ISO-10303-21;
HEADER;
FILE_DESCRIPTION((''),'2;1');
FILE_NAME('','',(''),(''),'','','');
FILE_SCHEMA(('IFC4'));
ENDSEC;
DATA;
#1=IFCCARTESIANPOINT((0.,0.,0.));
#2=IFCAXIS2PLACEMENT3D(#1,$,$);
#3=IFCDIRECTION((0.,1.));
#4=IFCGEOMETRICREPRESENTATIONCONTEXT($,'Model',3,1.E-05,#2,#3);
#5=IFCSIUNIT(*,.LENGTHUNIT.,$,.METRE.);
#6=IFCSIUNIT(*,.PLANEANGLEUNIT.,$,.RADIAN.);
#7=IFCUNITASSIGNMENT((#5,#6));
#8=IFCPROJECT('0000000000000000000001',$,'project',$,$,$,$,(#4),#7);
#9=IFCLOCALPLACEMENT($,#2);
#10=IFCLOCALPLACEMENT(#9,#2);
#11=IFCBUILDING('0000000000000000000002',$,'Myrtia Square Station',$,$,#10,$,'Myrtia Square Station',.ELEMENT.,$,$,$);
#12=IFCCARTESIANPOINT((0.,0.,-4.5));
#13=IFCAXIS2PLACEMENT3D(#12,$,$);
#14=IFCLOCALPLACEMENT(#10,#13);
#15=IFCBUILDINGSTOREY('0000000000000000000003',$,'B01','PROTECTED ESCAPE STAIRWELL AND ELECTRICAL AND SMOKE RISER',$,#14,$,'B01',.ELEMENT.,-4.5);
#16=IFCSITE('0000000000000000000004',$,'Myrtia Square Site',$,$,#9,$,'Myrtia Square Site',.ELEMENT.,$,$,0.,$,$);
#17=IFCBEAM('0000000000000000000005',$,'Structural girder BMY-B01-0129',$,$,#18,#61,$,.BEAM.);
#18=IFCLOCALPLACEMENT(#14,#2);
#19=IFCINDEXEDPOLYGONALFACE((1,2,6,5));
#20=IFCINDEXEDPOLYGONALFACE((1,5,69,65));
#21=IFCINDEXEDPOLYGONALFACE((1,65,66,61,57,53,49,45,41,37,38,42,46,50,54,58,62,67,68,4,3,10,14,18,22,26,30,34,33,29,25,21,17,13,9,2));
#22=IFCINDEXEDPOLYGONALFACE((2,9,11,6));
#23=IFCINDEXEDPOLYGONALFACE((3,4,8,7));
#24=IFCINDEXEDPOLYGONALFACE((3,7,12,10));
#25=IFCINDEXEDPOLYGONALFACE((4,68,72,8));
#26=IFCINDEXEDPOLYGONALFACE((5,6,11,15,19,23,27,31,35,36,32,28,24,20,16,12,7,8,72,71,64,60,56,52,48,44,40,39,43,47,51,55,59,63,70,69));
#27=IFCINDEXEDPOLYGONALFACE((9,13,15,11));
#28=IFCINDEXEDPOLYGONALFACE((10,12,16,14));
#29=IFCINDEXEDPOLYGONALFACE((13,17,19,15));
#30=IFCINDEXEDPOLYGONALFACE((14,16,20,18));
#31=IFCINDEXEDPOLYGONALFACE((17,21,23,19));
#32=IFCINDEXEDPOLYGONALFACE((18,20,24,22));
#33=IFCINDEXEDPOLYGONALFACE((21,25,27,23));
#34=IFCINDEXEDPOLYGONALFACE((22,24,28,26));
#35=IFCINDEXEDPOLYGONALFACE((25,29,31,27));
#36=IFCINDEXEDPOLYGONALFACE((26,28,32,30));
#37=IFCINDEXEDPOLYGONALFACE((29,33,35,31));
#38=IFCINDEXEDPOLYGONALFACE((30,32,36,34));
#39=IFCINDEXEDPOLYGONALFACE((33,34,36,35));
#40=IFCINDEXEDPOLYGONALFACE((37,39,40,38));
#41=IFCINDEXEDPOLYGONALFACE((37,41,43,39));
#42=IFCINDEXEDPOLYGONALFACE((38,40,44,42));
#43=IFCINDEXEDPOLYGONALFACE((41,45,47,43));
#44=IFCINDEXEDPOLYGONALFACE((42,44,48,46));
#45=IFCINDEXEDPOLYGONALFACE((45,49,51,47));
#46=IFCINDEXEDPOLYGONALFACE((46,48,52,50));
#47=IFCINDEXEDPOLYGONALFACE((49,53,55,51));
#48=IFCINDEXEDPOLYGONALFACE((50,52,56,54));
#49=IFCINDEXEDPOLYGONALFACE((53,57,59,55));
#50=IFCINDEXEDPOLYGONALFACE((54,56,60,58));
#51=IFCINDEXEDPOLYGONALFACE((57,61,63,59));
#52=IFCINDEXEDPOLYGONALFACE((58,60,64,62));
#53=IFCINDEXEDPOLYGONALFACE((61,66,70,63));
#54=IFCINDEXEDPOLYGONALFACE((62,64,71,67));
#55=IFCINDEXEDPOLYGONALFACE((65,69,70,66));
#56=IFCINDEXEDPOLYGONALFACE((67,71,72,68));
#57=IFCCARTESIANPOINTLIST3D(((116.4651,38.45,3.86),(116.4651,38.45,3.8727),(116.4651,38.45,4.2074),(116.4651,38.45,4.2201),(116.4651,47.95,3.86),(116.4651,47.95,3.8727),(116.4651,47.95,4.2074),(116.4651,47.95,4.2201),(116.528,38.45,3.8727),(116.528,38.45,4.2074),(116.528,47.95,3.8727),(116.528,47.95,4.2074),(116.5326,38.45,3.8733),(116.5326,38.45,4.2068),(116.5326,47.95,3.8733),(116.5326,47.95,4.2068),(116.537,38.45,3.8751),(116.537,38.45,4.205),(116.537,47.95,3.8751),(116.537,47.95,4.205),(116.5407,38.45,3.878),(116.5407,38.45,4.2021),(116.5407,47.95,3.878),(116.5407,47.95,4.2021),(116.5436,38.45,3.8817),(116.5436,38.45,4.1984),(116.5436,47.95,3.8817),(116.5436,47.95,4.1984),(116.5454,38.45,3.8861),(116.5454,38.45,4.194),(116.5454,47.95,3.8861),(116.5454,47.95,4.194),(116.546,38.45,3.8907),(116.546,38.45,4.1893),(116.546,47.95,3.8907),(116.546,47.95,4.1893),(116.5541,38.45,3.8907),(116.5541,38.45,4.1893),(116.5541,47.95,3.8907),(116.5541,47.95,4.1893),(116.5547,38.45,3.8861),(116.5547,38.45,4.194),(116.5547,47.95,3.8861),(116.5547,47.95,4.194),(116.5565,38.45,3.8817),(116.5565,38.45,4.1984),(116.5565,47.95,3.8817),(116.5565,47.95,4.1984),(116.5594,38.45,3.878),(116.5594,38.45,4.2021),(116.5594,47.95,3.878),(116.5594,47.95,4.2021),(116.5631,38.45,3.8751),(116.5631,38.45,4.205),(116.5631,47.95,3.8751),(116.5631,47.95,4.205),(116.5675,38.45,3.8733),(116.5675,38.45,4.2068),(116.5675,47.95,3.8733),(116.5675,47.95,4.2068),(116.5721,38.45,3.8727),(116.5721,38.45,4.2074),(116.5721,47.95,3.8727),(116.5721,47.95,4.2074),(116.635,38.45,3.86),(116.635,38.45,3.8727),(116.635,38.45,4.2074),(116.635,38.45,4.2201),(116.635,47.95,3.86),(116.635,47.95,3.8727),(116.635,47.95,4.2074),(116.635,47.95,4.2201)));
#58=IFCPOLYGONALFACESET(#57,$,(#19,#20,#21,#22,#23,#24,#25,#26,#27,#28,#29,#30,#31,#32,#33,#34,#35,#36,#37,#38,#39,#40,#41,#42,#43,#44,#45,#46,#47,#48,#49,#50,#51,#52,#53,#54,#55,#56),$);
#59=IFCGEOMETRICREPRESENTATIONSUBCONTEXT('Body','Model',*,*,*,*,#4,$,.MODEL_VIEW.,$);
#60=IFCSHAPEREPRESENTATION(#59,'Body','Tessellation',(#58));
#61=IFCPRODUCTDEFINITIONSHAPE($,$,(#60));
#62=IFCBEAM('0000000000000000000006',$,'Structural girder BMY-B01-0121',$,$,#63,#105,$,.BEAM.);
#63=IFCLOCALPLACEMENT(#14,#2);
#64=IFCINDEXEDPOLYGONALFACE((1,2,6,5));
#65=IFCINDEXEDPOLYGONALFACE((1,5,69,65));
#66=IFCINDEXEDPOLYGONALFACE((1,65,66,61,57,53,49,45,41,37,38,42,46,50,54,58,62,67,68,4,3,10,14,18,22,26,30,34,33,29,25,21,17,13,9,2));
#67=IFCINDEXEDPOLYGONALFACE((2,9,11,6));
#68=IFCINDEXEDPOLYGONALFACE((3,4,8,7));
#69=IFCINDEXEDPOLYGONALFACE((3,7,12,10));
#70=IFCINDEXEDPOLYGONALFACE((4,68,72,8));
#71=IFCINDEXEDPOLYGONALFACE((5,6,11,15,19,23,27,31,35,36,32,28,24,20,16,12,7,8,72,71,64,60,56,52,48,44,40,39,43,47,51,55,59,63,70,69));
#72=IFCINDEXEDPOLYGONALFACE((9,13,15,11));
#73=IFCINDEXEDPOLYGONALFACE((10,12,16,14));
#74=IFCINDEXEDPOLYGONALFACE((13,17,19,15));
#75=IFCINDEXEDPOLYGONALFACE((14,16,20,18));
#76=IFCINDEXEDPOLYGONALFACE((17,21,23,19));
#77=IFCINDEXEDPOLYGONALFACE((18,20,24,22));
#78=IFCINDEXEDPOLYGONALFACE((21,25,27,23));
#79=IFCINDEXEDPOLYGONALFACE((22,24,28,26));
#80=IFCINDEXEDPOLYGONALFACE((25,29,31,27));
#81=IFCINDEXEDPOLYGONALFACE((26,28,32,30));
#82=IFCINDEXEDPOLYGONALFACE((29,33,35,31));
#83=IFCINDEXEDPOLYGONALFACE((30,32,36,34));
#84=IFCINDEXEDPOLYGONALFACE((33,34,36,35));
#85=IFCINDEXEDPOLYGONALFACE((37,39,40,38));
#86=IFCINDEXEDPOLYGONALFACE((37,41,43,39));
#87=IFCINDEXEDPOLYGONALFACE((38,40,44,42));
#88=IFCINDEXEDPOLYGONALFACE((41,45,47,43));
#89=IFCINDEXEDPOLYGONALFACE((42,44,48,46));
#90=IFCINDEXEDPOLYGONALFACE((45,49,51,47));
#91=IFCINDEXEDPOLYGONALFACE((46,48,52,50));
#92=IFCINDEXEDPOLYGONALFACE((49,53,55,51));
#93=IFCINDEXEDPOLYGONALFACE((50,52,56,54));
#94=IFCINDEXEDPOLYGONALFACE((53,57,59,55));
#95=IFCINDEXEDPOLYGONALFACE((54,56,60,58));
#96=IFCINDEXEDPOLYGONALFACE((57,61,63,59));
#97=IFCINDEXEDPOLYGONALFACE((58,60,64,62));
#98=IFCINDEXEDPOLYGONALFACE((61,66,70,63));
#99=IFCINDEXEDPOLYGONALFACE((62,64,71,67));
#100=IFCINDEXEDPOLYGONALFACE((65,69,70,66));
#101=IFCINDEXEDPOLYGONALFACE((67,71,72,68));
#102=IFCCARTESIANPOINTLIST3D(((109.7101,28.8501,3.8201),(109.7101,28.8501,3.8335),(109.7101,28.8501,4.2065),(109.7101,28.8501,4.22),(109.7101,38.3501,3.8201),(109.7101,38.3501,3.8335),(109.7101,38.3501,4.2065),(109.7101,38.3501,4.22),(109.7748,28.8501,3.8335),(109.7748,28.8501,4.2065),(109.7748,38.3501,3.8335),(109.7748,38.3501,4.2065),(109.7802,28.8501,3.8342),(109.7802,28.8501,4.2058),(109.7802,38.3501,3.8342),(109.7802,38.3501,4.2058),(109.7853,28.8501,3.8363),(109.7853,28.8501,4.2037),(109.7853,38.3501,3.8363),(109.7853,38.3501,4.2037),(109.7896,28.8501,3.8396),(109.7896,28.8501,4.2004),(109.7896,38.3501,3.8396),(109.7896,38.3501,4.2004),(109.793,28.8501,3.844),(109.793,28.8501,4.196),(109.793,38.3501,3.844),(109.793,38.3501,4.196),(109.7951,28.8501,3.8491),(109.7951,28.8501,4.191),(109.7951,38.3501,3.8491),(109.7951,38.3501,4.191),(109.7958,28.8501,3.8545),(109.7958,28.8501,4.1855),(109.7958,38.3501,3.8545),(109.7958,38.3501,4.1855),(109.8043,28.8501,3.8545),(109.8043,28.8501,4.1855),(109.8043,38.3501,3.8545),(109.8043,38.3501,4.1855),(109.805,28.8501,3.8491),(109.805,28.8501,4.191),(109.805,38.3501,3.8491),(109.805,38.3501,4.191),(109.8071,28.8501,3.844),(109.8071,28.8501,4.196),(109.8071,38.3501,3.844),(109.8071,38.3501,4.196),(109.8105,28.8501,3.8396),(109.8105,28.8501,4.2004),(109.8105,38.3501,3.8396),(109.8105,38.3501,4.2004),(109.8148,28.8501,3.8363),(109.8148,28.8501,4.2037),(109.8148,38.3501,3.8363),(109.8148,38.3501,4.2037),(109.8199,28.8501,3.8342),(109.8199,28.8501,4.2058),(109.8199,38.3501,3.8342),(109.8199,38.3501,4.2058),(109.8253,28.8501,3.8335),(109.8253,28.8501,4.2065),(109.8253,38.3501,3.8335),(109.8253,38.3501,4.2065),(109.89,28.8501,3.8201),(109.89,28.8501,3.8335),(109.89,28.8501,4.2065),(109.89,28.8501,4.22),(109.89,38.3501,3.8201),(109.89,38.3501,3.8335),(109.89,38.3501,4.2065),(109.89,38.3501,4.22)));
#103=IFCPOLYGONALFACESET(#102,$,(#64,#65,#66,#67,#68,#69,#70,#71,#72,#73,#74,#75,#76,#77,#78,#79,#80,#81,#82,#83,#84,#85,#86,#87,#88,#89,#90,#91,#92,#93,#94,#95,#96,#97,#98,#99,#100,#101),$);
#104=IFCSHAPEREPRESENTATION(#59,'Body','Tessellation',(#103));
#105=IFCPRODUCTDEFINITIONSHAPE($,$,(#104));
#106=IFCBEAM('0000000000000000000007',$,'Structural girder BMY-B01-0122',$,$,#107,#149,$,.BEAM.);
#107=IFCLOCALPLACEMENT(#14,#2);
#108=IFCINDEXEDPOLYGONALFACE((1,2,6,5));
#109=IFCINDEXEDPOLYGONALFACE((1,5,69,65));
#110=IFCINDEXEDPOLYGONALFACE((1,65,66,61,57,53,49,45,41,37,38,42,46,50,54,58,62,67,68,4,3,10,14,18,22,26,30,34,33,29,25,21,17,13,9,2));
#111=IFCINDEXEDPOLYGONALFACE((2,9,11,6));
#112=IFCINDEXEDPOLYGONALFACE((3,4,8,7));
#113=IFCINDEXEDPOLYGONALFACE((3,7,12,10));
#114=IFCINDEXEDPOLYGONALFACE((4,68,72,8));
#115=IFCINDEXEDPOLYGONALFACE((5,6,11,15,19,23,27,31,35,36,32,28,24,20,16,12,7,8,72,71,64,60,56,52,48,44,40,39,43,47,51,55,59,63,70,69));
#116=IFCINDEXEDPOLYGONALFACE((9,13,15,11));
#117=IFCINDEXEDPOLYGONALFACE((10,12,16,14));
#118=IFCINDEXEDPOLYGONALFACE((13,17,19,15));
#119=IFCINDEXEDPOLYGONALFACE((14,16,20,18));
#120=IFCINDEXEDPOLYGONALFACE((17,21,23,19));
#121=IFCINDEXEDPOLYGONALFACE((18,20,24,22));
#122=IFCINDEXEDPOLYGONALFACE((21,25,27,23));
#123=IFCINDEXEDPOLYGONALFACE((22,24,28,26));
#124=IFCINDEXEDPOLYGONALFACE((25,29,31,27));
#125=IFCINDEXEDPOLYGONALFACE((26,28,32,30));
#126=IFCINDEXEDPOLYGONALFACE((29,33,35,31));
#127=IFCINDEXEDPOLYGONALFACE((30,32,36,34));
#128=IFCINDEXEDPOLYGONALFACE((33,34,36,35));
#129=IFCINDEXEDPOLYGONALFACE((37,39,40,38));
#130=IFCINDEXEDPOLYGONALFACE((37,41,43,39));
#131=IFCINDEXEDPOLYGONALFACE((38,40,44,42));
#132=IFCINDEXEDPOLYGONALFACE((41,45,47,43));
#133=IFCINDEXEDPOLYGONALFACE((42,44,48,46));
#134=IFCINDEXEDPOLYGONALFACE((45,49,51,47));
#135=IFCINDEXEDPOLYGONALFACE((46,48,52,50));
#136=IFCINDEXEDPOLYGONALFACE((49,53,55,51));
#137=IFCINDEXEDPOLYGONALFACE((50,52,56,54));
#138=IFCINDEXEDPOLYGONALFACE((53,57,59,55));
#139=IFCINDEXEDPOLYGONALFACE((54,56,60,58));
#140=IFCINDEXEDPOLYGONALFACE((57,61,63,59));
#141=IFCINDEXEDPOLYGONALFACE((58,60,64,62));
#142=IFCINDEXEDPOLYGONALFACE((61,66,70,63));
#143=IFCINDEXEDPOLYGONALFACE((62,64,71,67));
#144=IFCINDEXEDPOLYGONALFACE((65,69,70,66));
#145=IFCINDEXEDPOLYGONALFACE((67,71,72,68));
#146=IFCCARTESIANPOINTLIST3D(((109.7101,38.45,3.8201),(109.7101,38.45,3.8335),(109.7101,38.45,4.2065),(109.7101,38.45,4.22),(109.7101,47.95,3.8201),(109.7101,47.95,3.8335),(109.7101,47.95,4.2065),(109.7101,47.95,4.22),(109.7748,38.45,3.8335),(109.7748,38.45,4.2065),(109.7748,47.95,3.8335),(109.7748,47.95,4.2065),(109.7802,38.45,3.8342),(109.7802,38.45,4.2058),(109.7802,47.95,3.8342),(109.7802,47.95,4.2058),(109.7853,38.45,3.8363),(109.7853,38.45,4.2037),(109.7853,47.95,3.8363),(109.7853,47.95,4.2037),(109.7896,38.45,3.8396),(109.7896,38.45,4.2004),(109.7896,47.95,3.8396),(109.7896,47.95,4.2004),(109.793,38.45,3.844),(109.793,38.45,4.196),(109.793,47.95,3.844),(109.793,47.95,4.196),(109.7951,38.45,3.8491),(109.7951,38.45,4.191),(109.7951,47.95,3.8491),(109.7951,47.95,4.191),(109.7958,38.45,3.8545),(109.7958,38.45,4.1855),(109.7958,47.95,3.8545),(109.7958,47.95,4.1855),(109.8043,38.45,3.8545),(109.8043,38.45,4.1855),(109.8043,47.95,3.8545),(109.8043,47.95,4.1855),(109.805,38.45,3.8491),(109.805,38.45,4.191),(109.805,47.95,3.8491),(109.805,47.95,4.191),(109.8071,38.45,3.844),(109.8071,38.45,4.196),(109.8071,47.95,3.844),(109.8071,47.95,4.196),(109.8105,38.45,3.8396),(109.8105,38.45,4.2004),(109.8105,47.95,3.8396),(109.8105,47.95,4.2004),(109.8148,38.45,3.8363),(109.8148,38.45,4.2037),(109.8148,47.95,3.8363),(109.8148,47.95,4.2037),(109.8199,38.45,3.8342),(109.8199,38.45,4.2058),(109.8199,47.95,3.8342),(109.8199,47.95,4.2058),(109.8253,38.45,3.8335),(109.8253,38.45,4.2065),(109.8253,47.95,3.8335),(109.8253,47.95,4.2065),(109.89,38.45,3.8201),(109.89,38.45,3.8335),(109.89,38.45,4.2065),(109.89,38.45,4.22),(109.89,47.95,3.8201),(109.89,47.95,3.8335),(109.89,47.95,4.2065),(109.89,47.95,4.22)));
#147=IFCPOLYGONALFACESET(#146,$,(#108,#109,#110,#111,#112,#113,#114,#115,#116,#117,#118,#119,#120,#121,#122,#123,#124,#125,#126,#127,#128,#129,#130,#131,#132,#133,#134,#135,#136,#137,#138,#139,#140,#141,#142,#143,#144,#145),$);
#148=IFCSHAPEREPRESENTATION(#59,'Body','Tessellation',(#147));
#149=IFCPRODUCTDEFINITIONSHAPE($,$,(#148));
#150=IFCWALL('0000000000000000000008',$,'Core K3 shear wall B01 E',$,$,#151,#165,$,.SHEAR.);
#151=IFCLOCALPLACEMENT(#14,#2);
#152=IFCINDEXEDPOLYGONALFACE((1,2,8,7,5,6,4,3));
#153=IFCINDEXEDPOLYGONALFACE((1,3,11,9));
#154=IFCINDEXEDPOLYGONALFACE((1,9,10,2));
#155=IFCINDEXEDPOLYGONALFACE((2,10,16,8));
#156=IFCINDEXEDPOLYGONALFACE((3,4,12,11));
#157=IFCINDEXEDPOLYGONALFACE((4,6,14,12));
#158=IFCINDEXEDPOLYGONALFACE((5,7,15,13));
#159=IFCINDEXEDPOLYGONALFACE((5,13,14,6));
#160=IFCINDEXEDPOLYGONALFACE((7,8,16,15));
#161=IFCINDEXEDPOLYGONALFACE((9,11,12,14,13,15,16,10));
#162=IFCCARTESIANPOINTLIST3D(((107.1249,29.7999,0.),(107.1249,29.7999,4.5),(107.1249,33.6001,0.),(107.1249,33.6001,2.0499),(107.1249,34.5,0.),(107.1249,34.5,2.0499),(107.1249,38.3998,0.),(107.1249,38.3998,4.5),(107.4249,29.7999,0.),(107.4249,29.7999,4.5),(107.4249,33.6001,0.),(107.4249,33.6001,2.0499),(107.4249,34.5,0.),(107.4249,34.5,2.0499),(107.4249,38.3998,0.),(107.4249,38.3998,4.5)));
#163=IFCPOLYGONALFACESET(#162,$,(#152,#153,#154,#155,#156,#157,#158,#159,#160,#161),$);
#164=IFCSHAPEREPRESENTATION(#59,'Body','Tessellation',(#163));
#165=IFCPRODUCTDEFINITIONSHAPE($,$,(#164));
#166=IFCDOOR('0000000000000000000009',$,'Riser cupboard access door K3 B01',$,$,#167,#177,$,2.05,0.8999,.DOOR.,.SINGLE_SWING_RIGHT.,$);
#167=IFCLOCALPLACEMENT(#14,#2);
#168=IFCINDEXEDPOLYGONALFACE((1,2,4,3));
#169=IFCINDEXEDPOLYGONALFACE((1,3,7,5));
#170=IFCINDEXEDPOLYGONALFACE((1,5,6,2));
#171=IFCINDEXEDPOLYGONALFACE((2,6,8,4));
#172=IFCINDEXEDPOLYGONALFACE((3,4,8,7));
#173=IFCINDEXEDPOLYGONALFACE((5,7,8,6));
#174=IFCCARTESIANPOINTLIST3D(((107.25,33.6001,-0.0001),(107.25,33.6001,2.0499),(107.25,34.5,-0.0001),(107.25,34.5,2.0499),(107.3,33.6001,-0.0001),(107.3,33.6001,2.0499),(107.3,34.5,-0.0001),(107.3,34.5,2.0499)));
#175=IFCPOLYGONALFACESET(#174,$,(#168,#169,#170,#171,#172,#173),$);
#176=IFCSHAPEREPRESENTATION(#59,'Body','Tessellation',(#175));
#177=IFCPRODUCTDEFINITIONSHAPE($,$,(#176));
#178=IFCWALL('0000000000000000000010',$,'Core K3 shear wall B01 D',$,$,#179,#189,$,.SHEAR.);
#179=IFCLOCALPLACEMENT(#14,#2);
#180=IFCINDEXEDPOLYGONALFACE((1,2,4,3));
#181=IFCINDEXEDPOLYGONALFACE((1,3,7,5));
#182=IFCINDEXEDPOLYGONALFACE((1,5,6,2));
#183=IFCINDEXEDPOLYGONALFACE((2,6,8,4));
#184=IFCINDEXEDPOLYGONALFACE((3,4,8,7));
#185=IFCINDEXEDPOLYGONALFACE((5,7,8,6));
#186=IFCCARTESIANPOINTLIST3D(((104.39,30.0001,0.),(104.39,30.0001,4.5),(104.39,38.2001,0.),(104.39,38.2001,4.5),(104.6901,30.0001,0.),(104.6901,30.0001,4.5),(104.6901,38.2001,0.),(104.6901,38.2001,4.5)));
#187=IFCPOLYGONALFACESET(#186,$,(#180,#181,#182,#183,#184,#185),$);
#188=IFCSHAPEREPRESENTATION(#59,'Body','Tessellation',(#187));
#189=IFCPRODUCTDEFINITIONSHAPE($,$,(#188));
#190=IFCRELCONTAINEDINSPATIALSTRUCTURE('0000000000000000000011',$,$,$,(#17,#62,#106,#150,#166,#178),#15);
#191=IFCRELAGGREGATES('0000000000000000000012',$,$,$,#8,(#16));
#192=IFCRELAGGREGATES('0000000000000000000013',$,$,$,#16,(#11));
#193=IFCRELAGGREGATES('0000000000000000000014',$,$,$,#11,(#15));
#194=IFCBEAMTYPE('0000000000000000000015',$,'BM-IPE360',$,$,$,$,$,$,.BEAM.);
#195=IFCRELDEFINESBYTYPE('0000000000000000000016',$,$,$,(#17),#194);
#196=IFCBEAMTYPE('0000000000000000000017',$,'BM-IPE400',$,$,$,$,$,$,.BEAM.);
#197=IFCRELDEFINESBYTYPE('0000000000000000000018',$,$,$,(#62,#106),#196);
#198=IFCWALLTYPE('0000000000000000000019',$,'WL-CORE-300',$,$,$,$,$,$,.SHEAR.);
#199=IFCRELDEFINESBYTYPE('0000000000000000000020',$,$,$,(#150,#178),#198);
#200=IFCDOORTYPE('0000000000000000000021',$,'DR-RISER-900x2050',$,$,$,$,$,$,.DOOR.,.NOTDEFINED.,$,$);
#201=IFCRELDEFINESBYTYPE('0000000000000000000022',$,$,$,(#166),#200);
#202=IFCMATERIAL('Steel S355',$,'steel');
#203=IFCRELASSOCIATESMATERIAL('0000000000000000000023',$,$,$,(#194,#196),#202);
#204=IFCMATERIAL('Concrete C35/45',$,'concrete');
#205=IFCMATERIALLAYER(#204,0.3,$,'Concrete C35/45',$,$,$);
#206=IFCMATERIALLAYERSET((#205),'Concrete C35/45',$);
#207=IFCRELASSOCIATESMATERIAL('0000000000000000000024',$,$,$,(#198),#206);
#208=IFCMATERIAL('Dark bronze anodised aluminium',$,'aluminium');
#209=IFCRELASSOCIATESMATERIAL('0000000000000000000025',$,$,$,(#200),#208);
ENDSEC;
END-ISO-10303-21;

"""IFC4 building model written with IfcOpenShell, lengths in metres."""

from ifc_helpers import new_model, si_unit, direction, frame, frame_2d, origin, origin_2d, place, context, subcontext, project, spatial, rectangle, i_section, extrude, material, layer, layer_set, material_profile, profile_set, type_object, element, fill, save


model = new_model("IFC4")

# Units and contexts
model_context = context("Model", 3, precision=1e-05, world=origin(), true_north=direction((0.0, 1.0)))
body_context = subcontext(model_context, "Body", "Model", "MODEL_VIEW")
ifc_project = project(units=[si_unit("LENGTHUNIT", "METRE"), si_unit("PLANEANGLEUNIT", "RADIAN")], contexts=[model_context])

# Site, building, storey
site_placement = place(None, origin())
site = spatial("IfcSite", under=ifc_project, at=site_placement, Name="Myrtia Square Site", LongName="Myrtia Square Site", CompositionType="ELEMENT", RefElevation=0.0)
building_placement = place(site_placement, origin())
building = spatial("IfcBuilding", under=site, at=building_placement, Name="Myrtia Square Station", LongName="Myrtia Square Station", CompositionType="ELEMENT")
storey_placement = place(building_placement, frame((0.0, 0.0, -4.5)))
storey = spatial("IfcBuildingStorey", under=building, at=storey_placement, Name="B01", Description="PROTECTED ESCAPE STAIRWELL AND ELECTRICAL AND SMOKE RISER", LongName="B01", CompositionType="ELEMENT", Elevation=-4.5)

# Shared definitions
ifc_material_1 = material(Name="Concrete C35/45", Category="concrete")

# Shared definitions
ifc_material_2 = material(Name="Steel S355", Category="steel")

# Beams
ifc_material_profile_1 = material_profile(ifc_material_2, i_section(OverallWidth=0.1699, OverallDepth=0.3601, WebThickness=0.0081, FlangeThickness=0.0127, FilletRadius=0.0181, at=origin_2d()), Name="IPE 360")
ifc_profile_set_1 = profile_set([ifc_material_profile_1], Name="Steel S355")
beam_type_1 = type_object("IfcBeamType", Name="BM-IPE360", PredefinedType="BEAM", material=ifc_profile_set_1)
for number, where, z_axis, x_axis, name in (
    (1, (116.55, 38.45, 4.04), (0.0, 1.0, 0.0), (-1.0, 0.0, 0.0), "Structural girder BMY-B01-0129"),
):
    element("IfcBeam", number, at=place(storey_placement, frame(where, z_axis=z_axis, x_axis=x_axis)), inside=storey, type_object=beam_type_1, Name=name, PredefinedType="BEAM", context=body_context, shape_type="SweptSolid", body=[
        extrude(i_section(OverallWidth=0.1699, OverallDepth=0.3601, WebThickness=0.0081, FlangeThickness=0.0127, FilletRadius=0.0181, at=origin_2d()), origin(), (0.0, 0.0, 1.0), 9.5),
    ])
ifc_material_profile_2 = material_profile(ifc_material_2, i_section(OverallWidth=0.1799, OverallDepth=0.3999, WebThickness=0.0085, FlangeThickness=0.0134, FilletRadius=0.021, at=origin_2d()), Name="IPE 400")
ifc_profile_set_2 = profile_set([ifc_material_profile_2], Name="Steel S355")
beam_type_2 = type_object("IfcBeamType", Name="BM-IPE400", PredefinedType="BEAM", material=ifc_profile_set_2)
for number, where, z_axis, x_axis, name in (
    (2, (109.8, 28.8501, 4.02), (0.0, 1.0, 0.0), (-1.0, 0.0, 0.0), "Structural girder BMY-B01-0121"),
    (3, (109.8, 38.45, 4.02), (0.0, 1.0, 0.0), (-1.0, 0.0, 0.0), "Structural girder BMY-B01-0122"),
):
    element("IfcBeam", number, at=place(storey_placement, frame(where, z_axis=z_axis, x_axis=x_axis)), inside=storey, type_object=beam_type_2, Name=name, PredefinedType="BEAM", context=body_context, shape_type="SweptSolid", body=[
        extrude(i_section(OverallWidth=0.1799, OverallDepth=0.3999, WebThickness=0.0085, FlangeThickness=0.0134, FilletRadius=0.021, at=origin_2d()), origin(), (0.0, 0.0, 1.0), 9.5),
    ])

# Wall, opening, door
ifc_layer_1 = layer(ifc_material_1, 0.3, Name="Concrete C35/45")
ifc_layer_set_1 = layer_set([ifc_layer_1], Name="Concrete C35/45")
wall_type_1 = type_object("IfcWallType", Name="WL-CORE-300", PredefinedType="SHEAR", material=ifc_layer_set_1)
wall_1_placement = place(storey_placement, frame((107.2749, 29.8, 0.0), z_axis=(0.0, 0.0, 1.0), x_axis=(0.0, 1.0, 0.0)))
wall_1 = element("IfcWall", 4, at=wall_1_placement, inside=storey, type_object=wall_type_1, Name="Core K3 shear wall B01 E", PredefinedType="SHEAR", context=body_context, shape_type="SweptSolid", body=[
    extrude(rectangle(XDim=8.5999, YDim=0.3, at=frame_2d((4.2998, 0.0))), origin(), (0.0, 0.0, 1.0), 4.5),
])
opening_placement = place(wall_1_placement, frame((3.8, 0.0, 0.0)))
opening = element("IfcOpeningElement", 5, at=opening_placement, cuts=wall_1, PredefinedType="OPENING", context=body_context, shape_type="SweptSolid", body=[
    extrude(rectangle(XDim=0.8999, YDim=2.05, at=frame_2d((0.45, 1.0249))), frame((0.0, 0.165, 0.0), z_axis=(0.0, -1.0, 0.0), x_axis=(1.0, 0.0, 0.0)), (0.0, 0.0, 1.0), 0.3301),
])
ifc_material_3 = material(Name="Dark bronze anodised aluminium", Category="aluminium")
door_type = type_object("IfcDoorType", Name="DR-RISER-900x2050", OperationType="NOTDEFINED", PredefinedType="DOOR", material=ifc_material_3)
door_placement = place(opening_placement, origin())
door = element("IfcDoor", 6, at=door_placement, inside=storey, type_object=door_type, Name="Riser cupboard access door K3 B01", OperationType="SINGLE_SWING_RIGHT", OverallHeight=2.05, OverallWidth=0.8999, PredefinedType="DOOR", context=body_context, shape_type="SweptSolid", body=[
    extrude(rectangle(XDim=0.8999, YDim=2.05, at=frame_2d((0.45, 1.0249))), frame((0.0, 0.0249, 0.0), z_axis=(0.0, -1.0, 0.0), x_axis=(1.0, 0.0, 0.0)), (0.0, 0.0, 1.0), 0.05),
])
fill(opening, door)

# Wall
wall_2_placement = place(storey_placement, frame((104.54, 30.0, 0.0), z_axis=(0.0, 0.0, 1.0), x_axis=(0.0, 1.0, 0.0)))
element("IfcWall", 7, at=wall_2_placement, inside=storey, type_object=wall_type_1, Name="Core K3 shear wall B01 D", PredefinedType="SHEAR", context=body_context, shape_type="SweptSolid", body=[
    extrude(rectangle(XDim=8.2, YDim=0.3, at=frame_2d((4.1001, 0.0))), origin(), (0.0, 0.0, 1.0), 4.5),
])

save(model, "model.ifc")
